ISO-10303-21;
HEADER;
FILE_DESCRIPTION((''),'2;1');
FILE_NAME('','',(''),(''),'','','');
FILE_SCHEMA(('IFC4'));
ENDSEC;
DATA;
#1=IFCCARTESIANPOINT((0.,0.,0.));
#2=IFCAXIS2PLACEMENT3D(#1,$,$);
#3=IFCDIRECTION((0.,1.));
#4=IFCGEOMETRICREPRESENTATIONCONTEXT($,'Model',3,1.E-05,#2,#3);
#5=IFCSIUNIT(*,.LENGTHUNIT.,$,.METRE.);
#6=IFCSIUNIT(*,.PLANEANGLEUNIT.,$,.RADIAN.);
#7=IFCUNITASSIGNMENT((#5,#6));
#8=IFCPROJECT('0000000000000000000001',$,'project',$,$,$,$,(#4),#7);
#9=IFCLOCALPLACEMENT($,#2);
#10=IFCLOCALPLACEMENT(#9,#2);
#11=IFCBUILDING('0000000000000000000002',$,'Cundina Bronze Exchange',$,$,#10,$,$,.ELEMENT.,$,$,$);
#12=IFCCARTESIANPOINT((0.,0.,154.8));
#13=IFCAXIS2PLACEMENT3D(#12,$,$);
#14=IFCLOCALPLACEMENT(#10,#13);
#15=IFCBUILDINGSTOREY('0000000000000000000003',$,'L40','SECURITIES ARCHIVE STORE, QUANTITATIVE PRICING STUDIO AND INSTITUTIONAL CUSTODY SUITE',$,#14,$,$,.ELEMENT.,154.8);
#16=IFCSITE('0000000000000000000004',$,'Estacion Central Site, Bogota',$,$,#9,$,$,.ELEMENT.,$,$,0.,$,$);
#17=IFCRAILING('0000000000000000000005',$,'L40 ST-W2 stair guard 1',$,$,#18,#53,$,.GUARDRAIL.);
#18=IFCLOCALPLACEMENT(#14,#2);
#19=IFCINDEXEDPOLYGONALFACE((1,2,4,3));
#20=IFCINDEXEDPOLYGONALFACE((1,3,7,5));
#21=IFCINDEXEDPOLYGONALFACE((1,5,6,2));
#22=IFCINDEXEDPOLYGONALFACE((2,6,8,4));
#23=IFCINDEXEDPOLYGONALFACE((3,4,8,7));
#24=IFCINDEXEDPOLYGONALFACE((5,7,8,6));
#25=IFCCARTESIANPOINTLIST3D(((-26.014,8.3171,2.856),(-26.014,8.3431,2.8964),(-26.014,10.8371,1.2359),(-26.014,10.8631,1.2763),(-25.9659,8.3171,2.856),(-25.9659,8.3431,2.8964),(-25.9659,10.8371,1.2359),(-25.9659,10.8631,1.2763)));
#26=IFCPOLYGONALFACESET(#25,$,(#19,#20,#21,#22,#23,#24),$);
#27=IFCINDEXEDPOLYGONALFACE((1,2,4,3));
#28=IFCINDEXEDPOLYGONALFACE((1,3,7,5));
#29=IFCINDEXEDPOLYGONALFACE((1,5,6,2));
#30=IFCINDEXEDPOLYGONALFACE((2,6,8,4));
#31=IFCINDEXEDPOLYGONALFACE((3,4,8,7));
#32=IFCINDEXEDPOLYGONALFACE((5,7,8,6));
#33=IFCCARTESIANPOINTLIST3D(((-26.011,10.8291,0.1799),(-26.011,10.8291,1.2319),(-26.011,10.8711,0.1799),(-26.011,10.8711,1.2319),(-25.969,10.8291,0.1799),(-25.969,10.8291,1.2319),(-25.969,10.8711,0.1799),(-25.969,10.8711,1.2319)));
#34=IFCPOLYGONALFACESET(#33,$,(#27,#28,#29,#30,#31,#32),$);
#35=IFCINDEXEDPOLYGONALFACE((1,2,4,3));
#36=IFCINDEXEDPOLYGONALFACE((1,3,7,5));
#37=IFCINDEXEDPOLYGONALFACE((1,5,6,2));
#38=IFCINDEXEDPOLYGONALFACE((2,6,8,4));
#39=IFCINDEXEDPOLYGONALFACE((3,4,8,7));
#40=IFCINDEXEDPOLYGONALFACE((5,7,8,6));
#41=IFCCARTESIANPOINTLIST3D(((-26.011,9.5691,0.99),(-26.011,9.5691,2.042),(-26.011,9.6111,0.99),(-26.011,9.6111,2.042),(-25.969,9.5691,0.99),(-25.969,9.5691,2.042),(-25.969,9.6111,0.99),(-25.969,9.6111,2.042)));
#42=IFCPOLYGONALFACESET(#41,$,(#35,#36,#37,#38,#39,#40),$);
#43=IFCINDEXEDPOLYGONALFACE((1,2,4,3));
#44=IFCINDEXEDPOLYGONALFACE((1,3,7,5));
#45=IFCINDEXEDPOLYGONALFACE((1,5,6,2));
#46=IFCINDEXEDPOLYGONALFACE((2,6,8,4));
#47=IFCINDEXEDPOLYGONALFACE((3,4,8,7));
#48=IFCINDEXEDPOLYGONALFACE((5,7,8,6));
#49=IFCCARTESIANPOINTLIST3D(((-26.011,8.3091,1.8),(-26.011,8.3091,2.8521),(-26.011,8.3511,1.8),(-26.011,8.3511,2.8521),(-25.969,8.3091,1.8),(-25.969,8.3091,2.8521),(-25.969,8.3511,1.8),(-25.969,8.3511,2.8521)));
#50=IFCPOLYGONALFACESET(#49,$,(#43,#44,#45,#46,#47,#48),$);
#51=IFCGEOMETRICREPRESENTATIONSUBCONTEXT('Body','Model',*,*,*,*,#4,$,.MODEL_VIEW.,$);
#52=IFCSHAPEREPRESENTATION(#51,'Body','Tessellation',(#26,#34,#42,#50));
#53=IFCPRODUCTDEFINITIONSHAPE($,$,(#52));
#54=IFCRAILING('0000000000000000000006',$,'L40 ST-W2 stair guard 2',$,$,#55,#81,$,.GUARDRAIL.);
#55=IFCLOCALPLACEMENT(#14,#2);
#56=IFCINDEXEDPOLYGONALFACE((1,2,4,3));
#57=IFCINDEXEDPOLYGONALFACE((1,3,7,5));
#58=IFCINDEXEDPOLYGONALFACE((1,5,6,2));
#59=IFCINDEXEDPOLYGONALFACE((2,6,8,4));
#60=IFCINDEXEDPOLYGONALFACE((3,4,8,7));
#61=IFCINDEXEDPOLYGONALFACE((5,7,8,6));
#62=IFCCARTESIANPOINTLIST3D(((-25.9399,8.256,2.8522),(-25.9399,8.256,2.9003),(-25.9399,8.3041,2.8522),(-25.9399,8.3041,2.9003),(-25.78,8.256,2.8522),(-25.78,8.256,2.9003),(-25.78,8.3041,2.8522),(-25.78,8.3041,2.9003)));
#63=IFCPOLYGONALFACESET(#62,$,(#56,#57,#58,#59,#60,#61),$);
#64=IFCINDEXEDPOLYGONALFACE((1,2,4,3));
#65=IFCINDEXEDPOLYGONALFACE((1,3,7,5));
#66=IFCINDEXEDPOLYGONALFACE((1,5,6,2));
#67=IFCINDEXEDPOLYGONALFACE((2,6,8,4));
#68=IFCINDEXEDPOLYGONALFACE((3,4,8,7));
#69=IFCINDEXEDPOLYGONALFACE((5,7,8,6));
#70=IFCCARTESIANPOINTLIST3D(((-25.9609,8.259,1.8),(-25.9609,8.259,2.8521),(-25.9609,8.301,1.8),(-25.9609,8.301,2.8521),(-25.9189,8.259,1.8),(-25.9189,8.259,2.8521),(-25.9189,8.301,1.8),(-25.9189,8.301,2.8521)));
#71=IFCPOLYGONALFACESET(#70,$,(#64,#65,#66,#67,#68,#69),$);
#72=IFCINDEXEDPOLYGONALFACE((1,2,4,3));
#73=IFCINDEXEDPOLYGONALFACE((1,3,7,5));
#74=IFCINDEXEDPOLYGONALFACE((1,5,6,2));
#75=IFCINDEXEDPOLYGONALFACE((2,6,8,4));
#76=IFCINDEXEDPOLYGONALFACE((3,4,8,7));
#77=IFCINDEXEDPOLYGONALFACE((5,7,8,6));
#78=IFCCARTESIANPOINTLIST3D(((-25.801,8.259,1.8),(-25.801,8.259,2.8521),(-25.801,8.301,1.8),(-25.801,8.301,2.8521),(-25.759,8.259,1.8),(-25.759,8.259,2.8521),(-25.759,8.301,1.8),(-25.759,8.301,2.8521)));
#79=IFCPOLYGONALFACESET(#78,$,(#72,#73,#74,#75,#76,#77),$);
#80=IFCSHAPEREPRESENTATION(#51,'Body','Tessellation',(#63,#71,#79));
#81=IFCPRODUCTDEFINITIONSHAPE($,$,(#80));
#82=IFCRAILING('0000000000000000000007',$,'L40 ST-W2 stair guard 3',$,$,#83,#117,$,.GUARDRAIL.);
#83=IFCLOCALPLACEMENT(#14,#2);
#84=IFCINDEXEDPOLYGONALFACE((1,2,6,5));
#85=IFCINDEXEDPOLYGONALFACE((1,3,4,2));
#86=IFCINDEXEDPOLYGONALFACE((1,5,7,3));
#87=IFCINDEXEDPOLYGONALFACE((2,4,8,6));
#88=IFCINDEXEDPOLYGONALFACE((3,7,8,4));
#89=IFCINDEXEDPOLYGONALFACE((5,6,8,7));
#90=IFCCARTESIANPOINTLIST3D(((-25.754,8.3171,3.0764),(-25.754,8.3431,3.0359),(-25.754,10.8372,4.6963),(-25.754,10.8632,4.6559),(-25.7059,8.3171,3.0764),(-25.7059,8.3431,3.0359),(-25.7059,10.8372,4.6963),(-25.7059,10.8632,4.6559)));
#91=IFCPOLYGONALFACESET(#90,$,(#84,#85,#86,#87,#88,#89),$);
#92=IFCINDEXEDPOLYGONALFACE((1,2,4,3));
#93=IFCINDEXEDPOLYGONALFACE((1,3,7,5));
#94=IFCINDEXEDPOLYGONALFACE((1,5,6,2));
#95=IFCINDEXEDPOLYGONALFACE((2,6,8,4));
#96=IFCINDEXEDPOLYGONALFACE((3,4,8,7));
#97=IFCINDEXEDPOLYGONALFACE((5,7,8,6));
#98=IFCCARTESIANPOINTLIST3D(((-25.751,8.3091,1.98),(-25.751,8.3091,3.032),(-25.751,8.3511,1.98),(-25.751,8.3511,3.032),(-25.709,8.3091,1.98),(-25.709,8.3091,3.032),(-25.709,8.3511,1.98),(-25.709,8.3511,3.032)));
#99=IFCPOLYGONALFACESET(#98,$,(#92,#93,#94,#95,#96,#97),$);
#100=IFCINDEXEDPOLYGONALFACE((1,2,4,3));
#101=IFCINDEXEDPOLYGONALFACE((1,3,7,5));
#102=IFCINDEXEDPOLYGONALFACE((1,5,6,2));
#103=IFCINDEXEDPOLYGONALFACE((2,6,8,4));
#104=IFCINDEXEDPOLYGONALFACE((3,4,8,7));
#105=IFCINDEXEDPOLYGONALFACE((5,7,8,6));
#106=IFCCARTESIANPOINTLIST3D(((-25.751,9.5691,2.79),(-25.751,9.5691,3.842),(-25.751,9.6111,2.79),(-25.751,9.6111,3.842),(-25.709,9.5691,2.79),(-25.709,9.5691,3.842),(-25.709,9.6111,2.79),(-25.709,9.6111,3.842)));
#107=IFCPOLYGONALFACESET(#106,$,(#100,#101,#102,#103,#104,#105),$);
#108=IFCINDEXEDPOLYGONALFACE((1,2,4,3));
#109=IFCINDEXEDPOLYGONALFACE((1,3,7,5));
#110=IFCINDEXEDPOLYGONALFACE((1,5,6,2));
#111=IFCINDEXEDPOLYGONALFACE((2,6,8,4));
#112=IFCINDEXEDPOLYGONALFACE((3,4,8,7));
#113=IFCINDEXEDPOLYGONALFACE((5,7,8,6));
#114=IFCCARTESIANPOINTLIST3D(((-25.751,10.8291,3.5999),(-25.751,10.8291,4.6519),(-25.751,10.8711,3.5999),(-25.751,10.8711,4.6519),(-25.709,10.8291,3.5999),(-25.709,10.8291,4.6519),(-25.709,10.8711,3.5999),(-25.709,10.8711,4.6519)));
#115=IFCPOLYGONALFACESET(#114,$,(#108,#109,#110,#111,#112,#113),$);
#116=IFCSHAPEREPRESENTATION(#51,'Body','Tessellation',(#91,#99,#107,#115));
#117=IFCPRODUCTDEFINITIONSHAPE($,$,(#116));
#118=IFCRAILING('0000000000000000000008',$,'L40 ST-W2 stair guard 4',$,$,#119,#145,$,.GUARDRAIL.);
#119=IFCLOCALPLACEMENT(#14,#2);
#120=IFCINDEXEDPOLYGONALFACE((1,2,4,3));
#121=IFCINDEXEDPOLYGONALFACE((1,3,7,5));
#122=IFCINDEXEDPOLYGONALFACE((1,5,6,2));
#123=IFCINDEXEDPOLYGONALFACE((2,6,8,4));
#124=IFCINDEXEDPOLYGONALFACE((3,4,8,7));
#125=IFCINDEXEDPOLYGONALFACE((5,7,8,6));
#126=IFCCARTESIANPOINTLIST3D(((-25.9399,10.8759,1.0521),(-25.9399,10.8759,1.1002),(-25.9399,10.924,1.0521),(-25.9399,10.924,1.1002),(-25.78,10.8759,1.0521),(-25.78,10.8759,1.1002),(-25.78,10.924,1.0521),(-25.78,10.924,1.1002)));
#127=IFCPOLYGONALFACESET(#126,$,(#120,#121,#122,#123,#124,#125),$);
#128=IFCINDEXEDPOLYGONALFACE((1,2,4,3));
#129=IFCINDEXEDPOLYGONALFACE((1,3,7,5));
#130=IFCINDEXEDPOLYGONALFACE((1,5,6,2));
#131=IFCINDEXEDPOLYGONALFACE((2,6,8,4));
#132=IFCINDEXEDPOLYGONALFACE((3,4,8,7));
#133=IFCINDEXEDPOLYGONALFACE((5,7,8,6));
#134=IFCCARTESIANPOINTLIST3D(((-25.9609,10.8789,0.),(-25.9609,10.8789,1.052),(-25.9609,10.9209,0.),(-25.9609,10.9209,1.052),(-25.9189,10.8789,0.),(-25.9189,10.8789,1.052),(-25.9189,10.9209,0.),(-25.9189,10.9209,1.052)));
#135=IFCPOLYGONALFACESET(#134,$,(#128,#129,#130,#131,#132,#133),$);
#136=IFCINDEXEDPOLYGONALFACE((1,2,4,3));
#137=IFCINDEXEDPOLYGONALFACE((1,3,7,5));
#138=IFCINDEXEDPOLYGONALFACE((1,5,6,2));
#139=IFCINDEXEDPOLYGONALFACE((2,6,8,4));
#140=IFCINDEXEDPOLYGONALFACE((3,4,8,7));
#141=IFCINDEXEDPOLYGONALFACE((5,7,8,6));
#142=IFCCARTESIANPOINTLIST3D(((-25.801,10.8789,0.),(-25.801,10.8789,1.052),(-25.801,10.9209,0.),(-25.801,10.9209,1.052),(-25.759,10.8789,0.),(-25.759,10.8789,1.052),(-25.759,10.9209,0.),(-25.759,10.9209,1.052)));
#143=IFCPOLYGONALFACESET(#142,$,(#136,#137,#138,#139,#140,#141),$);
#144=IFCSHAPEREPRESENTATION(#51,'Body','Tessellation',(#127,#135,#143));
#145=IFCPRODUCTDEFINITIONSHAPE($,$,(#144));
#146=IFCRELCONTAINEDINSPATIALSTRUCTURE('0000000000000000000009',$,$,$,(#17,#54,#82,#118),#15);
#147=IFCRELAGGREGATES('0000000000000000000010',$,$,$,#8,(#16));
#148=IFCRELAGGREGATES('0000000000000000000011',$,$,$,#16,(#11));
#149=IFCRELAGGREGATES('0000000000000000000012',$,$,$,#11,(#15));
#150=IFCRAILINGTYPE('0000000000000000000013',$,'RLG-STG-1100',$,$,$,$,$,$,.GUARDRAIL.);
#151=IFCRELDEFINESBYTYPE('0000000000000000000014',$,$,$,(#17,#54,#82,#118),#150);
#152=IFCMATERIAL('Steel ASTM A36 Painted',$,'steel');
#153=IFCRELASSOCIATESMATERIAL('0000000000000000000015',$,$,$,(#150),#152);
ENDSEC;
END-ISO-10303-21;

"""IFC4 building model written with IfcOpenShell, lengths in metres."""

from ifc_helpers import new_model, si_unit, direction, frame, origin, origin_2d, place, context, subcontext, project, spatial, rectangle, extrude, material, type_object, element, save


model = new_model("IFC4")

# Units and contexts
model_context = context("Model", 3, precision=1e-05, world=origin(), true_north=direction((0.0, 1.0)))
body_context = subcontext(model_context, "Body", "Model", "MODEL_VIEW")
ifc_project = project(units=[si_unit("LENGTHUNIT", "METRE"), si_unit("PLANEANGLEUNIT", "RADIAN")], contexts=[model_context])

# Site, building, storey
site_placement = place(None, origin())
site = spatial("IfcSite", under=ifc_project, at=site_placement, Name="Estacion Central Site, Bogota", CompositionType="ELEMENT", RefElevation=0.0)
building_placement = place(site_placement, origin())
building = spatial("IfcBuilding", under=site, at=building_placement, Name="Cundina Bronze Exchange", CompositionType="ELEMENT")
storey_placement = place(building_placement, frame((0.0, 0.0, 154.8)))
storey = spatial("IfcBuildingStorey", under=building, at=storey_placement, Name="L40", Description="SECURITIES ARCHIVE STORE, QUANTITATIVE PRICING STUDIO AND INSTITUTIONAL CUSTODY SUITE", CompositionType="ELEMENT", Elevation=154.8)

# Shared definitions
ifc_material_1 = material(Name="Steel ASTM A36 Painted", Category="steel")

# Railings
railing_type_1 = type_object("IfcRailingType", Name="RLG-STG-1100", PredefinedType="GUARDRAIL", material=ifc_material_1)
railing_1_placement = place(storey_placement, frame((-25.99, 10.8501, 0.1799)))
element("IfcRailing", 1, at=railing_1_placement, inside=storey, type_object=railing_type_1, Name="L40 ST-W2 stair guard 1", PredefinedType="GUARDRAIL", context=body_context, shape_type="SweptSolid", body=[
    extrude(rectangle(XDim=0.0481, YDim=0.0481, at=origin_2d()), frame((0.0, 0.0, 1.0762), z_axis=(0.0, -0.841163, 0.540782), x_axis=(1.0, 0.0, 0.0)), (0.0, 0.0, 1.0), 2.9958),
    extrude(rectangle(XDim=0.042, YDim=0.042, at=origin_2d()), origin(), (0.0, 0.0, 1.0), 1.052),
    extrude(rectangle(XDim=0.042, YDim=0.042, at=origin_2d()), frame((0.0, -1.26, 0.8101)), (0.0, 0.0, 1.0), 1.052),
    extrude(rectangle(XDim=0.042, YDim=0.042, at=origin_2d()), frame((0.0, -2.52, 1.6201)), (0.0, 0.0, 1.0), 1.052),
])
railing_2_placement = place(storey_placement, frame((-25.9399, 8.28, 1.8)))
element("IfcRailing", 2, at=railing_2_placement, inside=storey, type_object=railing_type_1, Name="L40 ST-W2 stair guard 2", PredefinedType="GUARDRAIL", context=body_context, shape_type="SweptSolid", body=[
    extrude(rectangle(XDim=0.0481, YDim=0.0481, at=origin_2d()), frame((0.0, 0.0, 1.0762), z_axis=(1.0, 0.0, 0.0), x_axis=(0.0, 1.0, 0.0)), (0.0, 0.0, 1.0), 0.1599),
    extrude(rectangle(XDim=0.042, YDim=0.042, at=origin_2d()), origin(), (0.0, 0.0, 1.0), 1.052),
    extrude(rectangle(XDim=0.042, YDim=0.042, at=origin_2d()), frame((0.1599, 0.0, 0.0)), (0.0, 0.0, 1.0), 1.052),
])
railing_3_placement = place(storey_placement, frame((-25.73, 8.3301, 1.98)))
element("IfcRailing", 3, at=railing_3_placement, inside=storey, type_object=railing_type_1, Name="L40 ST-W2 stair guard 3", PredefinedType="GUARDRAIL", context=body_context, shape_type="SweptSolid", body=[
    extrude(rectangle(XDim=0.0481, YDim=0.0481, at=origin_2d()), frame((0.0, 0.0, 1.0762), z_axis=(0.0, 0.8412, 0.540725), x_axis=(-1.0, 0.0, 0.0)), (0.0, 0.0, 1.0), 2.9958),
    extrude(rectangle(XDim=0.042, YDim=0.042, at=origin_2d()), origin(), (0.0, 0.0, 1.0), 1.052),
    extrude(rectangle(XDim=0.042, YDim=0.042, at=origin_2d()), frame((0.0, 1.26, 0.8101)), (0.0, 0.0, 1.0), 1.052),
    extrude(rectangle(XDim=0.042, YDim=0.042, at=origin_2d()), frame((0.0, 2.52, 1.6199)), (0.0, 0.0, 1.0), 1.052),
])
railing_4_placement = place(storey_placement, frame((-25.9399, 10.8999, 0.0)))
element("IfcRailing", 4, at=railing_4_placement, inside=storey, type_object=railing_type_1, Name="L40 ST-W2 stair guard 4", PredefinedType="GUARDRAIL", context=body_context, shape_type="SweptSolid", body=[
    extrude(rectangle(XDim=0.0481, YDim=0.0481, at=origin_2d()), frame((0.0, 0.0, 1.0762), z_axis=(1.0, 0.0, 0.0), x_axis=(0.0, 1.0, 0.0)), (0.0, 0.0, 1.0), 0.1599),
    extrude(rectangle(XDim=0.042, YDim=0.042, at=origin_2d()), origin(), (0.0, 0.0, 1.0), 1.052),
    extrude(rectangle(XDim=0.042, YDim=0.042, at=origin_2d()), frame((0.1599, 0.0, 0.0)), (0.0, 0.0, 1.0), 1.052),
])

save(model, "model.ifc")
